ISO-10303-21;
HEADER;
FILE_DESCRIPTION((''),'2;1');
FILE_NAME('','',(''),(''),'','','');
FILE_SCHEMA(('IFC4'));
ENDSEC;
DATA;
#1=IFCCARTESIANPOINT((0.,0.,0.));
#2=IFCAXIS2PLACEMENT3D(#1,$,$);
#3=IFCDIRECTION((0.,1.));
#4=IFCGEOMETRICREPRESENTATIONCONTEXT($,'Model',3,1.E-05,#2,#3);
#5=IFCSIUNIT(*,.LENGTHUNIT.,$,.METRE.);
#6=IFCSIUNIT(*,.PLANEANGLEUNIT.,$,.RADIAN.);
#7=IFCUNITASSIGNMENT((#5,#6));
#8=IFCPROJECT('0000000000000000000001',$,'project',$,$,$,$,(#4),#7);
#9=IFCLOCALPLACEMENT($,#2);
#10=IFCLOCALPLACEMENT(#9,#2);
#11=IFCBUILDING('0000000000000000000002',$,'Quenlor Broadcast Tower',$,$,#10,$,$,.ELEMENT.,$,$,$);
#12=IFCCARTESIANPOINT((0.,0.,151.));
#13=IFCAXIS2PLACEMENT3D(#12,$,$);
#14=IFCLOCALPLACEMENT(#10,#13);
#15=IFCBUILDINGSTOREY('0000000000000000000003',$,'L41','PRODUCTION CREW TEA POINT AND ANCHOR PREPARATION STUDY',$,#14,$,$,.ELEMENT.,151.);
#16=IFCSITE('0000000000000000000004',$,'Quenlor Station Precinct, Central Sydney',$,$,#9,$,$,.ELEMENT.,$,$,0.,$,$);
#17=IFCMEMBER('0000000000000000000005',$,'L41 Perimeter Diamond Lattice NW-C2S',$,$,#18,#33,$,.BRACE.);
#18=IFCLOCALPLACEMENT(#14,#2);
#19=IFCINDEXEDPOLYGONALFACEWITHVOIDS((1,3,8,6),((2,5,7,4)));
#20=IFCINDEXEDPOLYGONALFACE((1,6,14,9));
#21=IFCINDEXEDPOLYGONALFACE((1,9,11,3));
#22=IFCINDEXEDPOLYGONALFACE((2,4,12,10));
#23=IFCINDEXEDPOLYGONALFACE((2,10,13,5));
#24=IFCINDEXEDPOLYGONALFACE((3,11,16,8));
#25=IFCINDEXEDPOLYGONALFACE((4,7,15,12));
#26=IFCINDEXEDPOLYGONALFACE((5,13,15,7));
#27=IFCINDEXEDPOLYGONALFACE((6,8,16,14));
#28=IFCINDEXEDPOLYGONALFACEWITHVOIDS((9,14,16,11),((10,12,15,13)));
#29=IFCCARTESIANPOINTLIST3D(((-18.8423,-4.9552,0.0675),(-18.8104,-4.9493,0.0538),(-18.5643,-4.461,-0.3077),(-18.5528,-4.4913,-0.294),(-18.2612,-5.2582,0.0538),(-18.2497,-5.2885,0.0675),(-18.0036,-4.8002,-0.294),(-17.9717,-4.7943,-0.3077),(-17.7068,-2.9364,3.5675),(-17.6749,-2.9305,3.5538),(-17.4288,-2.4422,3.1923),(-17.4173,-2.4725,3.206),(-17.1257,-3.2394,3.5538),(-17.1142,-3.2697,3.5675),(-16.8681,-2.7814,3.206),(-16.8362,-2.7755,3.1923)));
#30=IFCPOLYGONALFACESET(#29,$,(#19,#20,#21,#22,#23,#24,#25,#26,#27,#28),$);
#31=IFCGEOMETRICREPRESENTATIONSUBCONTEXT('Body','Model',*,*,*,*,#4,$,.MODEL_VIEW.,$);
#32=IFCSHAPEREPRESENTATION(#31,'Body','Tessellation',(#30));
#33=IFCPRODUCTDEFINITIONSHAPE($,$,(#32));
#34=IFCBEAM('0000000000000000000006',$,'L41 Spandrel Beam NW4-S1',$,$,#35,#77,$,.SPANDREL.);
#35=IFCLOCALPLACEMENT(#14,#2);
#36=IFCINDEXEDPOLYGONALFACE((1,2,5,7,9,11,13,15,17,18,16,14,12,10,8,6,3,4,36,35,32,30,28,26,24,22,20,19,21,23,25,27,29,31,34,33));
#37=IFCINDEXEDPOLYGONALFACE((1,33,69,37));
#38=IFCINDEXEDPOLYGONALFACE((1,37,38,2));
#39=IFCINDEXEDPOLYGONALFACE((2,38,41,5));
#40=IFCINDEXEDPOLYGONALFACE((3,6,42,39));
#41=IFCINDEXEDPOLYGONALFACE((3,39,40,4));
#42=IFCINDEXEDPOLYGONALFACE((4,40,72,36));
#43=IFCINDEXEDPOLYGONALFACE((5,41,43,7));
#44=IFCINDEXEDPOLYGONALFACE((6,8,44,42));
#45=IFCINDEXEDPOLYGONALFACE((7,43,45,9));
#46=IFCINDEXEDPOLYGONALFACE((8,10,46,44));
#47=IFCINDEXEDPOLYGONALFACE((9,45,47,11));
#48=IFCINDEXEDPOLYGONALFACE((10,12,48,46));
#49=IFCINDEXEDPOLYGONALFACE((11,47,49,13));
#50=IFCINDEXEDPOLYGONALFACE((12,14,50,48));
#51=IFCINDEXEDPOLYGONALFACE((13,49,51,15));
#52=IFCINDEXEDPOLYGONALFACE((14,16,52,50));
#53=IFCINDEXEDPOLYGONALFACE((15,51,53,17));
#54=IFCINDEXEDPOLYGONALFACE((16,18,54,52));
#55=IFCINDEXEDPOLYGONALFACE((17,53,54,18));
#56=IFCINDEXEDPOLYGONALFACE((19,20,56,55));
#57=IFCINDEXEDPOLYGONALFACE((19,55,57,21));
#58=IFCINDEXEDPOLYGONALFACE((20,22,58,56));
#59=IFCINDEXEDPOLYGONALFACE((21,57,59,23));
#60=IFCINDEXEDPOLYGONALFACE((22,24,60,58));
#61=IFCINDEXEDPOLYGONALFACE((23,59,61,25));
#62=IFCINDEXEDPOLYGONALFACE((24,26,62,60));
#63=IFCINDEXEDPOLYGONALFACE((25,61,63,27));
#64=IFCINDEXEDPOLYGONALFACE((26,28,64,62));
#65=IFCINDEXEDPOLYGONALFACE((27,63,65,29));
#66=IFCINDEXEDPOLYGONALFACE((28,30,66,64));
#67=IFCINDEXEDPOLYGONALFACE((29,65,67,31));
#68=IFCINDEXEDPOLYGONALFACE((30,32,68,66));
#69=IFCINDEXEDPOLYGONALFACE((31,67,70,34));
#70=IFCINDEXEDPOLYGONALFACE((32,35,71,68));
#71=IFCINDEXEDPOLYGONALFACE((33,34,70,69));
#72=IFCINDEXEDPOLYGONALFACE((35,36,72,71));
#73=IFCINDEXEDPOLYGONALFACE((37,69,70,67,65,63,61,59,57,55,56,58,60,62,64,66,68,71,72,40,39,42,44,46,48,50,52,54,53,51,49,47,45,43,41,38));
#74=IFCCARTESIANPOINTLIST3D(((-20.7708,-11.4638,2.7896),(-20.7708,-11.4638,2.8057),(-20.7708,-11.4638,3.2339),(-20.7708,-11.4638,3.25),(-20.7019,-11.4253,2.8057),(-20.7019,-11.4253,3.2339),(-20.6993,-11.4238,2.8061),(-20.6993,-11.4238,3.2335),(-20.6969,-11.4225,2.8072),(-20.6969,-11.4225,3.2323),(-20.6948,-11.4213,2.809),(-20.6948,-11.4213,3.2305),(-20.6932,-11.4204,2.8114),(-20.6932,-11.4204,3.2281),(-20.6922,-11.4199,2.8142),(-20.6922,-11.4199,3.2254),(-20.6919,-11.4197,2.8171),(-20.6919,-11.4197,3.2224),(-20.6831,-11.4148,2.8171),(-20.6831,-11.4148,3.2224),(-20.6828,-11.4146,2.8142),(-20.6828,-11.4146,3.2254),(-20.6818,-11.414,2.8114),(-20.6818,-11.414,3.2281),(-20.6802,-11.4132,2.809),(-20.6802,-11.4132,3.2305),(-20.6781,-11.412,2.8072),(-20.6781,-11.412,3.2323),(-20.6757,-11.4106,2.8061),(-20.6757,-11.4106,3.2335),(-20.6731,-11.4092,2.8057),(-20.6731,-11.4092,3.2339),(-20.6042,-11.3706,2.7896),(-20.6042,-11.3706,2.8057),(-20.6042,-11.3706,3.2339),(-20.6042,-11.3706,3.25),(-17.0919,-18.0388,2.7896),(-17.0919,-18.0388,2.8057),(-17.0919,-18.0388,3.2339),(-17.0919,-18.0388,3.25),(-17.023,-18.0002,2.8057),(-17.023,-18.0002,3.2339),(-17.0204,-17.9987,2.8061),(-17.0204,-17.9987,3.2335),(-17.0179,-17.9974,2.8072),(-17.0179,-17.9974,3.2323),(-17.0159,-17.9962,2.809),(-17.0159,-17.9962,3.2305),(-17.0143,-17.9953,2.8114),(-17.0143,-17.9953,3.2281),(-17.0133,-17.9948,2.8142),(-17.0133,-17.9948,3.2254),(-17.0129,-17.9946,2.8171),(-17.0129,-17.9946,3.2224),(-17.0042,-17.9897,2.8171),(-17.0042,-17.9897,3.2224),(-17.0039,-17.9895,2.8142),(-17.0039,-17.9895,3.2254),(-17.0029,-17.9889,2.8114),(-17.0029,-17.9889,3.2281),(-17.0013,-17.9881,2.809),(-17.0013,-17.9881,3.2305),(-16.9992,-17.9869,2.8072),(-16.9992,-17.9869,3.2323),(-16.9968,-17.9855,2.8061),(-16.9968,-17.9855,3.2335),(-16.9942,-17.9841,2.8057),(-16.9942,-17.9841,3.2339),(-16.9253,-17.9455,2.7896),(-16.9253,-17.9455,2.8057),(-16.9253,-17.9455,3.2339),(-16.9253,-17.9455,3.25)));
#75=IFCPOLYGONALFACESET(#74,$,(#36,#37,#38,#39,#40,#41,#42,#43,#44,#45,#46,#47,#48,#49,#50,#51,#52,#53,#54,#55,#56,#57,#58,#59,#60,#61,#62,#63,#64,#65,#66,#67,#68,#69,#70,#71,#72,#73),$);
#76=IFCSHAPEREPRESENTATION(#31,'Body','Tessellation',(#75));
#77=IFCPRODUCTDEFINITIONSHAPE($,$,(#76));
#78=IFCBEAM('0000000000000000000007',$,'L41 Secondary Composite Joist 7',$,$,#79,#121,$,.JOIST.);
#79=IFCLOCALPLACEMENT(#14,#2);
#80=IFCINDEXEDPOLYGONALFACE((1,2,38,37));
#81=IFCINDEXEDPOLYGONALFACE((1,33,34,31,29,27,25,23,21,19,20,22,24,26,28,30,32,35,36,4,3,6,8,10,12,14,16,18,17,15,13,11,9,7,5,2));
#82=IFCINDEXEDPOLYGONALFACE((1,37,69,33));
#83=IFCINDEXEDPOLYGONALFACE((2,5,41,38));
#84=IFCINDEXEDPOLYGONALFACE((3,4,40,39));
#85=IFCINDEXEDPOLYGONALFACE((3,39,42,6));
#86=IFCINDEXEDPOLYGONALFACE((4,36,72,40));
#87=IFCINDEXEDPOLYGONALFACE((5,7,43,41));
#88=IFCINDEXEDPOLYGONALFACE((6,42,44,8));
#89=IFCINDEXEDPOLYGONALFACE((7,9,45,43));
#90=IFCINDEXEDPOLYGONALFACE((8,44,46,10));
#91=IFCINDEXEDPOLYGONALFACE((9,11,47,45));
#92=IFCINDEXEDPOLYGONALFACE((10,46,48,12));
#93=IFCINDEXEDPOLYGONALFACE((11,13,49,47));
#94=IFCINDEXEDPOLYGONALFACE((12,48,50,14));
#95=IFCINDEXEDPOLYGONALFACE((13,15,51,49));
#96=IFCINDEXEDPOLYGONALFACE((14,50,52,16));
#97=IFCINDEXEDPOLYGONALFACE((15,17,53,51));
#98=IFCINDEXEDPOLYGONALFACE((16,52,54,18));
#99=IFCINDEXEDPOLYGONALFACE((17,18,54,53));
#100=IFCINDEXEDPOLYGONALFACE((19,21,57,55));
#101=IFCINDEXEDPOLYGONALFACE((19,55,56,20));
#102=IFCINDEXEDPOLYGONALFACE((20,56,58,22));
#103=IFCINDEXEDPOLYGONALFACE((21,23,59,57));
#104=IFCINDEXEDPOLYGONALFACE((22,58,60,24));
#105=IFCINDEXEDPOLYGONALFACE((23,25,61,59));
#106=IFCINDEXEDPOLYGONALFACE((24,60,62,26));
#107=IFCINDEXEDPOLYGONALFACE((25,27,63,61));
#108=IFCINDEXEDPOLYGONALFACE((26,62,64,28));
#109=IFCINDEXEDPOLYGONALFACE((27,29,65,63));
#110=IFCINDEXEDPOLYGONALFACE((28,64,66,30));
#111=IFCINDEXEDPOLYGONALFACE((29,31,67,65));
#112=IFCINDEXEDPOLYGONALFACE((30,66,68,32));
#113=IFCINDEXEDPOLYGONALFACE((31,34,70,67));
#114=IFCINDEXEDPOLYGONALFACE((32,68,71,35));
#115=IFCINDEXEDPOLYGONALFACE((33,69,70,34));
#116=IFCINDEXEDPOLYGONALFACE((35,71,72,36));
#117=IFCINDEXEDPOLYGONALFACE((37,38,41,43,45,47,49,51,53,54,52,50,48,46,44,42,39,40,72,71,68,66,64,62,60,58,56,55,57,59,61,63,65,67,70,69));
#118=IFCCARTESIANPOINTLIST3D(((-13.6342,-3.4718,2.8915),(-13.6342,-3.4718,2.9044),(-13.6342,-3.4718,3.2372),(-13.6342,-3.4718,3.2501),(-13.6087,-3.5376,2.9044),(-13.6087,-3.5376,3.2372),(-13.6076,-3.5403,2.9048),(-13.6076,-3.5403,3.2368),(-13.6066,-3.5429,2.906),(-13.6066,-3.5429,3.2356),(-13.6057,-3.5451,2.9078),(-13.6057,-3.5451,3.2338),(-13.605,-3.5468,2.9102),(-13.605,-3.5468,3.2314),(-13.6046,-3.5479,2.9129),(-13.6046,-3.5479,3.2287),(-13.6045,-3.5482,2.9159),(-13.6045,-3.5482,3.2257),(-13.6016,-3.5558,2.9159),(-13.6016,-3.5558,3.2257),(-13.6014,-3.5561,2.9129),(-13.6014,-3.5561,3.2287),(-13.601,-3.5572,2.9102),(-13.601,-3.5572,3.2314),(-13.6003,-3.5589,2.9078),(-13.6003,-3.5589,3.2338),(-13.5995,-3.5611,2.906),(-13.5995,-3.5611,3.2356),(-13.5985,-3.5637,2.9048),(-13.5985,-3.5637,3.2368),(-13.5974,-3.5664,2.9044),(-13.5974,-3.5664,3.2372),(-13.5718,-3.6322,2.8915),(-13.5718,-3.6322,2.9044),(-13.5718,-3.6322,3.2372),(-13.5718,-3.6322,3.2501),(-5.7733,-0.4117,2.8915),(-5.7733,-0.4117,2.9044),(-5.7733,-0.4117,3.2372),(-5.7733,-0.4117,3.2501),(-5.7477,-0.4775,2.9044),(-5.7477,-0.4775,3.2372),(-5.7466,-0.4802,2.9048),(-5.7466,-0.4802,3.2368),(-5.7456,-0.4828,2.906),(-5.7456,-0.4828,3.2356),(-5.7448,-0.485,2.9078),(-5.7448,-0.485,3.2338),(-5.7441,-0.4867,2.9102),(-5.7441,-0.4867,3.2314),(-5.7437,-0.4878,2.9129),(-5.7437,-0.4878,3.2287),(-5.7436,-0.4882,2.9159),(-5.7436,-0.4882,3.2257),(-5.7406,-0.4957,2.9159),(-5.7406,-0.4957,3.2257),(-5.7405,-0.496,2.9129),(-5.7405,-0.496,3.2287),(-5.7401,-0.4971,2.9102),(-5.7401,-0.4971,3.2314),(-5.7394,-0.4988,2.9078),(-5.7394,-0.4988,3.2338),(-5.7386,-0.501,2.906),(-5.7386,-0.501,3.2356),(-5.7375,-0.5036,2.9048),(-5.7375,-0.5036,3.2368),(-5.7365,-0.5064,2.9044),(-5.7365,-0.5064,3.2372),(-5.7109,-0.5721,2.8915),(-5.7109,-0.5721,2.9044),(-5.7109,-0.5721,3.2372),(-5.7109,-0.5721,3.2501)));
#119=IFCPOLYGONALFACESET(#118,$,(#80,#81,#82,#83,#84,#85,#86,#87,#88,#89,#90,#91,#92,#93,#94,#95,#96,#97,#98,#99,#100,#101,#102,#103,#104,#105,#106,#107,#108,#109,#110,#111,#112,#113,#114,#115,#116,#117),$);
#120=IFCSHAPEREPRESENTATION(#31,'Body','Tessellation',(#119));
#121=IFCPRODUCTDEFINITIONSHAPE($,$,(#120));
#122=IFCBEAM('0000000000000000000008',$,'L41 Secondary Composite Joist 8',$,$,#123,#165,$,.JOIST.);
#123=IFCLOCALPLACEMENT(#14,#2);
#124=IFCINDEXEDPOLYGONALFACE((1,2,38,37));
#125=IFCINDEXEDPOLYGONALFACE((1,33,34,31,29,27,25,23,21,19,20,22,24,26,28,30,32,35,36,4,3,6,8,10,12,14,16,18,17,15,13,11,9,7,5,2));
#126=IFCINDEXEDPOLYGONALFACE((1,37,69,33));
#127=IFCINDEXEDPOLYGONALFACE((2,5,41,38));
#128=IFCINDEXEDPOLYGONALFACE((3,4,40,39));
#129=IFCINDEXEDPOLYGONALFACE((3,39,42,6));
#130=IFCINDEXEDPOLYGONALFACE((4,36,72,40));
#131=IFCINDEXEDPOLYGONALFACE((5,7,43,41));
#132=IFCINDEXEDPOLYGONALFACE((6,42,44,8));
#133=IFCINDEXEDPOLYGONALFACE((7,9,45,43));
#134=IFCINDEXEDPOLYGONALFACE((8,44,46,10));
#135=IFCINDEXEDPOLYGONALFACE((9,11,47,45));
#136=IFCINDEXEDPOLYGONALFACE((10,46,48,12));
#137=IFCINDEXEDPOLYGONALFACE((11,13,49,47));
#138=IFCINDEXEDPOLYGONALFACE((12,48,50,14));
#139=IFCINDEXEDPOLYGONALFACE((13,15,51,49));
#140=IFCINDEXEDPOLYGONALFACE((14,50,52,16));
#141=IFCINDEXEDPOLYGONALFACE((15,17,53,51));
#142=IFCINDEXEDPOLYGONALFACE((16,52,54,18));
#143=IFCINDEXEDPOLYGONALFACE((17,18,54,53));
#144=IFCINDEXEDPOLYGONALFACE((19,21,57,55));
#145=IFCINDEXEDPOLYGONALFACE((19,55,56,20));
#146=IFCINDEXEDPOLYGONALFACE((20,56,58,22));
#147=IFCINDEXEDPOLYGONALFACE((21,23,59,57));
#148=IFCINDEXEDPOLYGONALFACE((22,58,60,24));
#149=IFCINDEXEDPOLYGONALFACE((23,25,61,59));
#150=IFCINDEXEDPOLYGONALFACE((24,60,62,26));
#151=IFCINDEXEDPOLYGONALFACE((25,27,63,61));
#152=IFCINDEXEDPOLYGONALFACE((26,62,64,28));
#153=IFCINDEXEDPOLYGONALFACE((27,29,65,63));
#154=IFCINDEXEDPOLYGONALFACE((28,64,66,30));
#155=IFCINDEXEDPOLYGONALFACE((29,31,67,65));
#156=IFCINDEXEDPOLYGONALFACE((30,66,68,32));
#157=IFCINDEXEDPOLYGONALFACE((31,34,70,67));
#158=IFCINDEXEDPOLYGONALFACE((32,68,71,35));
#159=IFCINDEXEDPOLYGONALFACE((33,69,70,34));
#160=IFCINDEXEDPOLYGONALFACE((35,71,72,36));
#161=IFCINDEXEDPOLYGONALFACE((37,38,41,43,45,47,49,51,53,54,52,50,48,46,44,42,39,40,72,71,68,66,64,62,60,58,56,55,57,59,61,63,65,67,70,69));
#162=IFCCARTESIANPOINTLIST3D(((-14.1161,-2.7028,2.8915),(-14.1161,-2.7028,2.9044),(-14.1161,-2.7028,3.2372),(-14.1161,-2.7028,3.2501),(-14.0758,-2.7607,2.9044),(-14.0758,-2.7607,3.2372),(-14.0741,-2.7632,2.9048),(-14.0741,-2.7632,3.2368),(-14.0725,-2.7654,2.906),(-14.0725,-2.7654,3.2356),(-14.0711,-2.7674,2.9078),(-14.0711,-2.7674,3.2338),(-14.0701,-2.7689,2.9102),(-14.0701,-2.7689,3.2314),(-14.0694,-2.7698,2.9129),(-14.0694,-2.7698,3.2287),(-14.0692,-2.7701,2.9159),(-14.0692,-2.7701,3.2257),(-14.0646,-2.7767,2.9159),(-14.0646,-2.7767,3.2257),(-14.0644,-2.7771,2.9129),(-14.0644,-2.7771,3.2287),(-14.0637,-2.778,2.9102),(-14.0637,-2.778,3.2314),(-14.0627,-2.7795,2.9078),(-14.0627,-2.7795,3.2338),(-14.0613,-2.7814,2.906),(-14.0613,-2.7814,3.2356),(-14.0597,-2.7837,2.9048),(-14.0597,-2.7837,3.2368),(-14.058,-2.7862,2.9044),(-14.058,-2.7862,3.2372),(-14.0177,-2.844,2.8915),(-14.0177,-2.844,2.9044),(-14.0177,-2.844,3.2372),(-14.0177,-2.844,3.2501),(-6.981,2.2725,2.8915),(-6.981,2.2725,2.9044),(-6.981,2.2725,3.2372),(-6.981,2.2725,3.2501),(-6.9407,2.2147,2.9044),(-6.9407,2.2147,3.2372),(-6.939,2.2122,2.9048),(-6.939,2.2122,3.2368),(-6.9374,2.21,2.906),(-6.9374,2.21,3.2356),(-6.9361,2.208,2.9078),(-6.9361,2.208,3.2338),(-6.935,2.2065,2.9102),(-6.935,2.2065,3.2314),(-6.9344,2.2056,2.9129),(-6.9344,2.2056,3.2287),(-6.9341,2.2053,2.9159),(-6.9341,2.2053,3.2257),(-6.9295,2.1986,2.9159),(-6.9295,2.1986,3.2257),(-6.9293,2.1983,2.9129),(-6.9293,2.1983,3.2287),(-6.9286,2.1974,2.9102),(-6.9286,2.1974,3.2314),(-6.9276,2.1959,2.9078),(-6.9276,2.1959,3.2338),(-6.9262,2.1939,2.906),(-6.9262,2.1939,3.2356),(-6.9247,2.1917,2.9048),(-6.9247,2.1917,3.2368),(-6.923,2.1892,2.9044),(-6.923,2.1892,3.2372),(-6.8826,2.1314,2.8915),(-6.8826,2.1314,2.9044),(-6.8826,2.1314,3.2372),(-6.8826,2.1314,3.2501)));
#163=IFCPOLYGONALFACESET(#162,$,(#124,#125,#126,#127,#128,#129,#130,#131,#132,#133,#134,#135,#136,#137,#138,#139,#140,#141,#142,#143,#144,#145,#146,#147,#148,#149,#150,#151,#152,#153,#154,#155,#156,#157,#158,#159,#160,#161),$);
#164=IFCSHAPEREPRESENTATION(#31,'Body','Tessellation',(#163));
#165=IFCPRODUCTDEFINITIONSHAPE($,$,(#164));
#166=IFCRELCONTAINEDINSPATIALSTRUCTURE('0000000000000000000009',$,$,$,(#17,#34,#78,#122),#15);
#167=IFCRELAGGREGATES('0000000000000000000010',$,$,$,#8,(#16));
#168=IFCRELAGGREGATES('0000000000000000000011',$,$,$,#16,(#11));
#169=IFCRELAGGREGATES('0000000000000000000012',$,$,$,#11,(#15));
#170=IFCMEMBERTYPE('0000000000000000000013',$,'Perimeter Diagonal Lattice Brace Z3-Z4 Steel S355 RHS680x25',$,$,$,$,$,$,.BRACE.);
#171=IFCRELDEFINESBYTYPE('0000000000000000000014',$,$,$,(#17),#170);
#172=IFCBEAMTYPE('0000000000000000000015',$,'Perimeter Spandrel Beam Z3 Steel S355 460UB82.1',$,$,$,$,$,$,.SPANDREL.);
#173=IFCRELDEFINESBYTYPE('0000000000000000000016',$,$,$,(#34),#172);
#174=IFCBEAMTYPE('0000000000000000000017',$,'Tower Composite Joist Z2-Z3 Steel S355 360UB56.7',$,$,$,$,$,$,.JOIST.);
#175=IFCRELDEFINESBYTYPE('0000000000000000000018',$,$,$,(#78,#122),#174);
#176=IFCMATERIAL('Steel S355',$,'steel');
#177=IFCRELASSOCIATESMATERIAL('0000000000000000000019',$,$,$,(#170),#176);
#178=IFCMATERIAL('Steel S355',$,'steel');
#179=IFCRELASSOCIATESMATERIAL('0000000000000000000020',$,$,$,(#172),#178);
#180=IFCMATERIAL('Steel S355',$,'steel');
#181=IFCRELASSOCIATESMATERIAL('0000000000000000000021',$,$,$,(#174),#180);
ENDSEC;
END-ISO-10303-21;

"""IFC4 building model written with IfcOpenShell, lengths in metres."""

from ifc_helpers import new_model, si_unit, direction, frame, origin, origin_2d, place, context, subcontext, project, spatial, hollow_rectangle, i_section, extrude, material, material_profile, profile_set, type_object, element, save


model = new_model("IFC4")

# Units and contexts
model_context = context("Model", 3, precision=1e-05, world=origin(), true_north=direction((0.0, 1.0)))
body_context = subcontext(model_context, "Body", "Model", "MODEL_VIEW")
ifc_project = project(units=[si_unit("LENGTHUNIT", "METRE"), si_unit("PLANEANGLEUNIT", "RADIAN")], contexts=[model_context])

# Site, building, storey
site_placement = place(None, origin())
site = spatial("IfcSite", under=ifc_project, at=site_placement, Name="Quenlor Station Precinct, Central Sydney", CompositionType="ELEMENT", RefElevation=0.0)
building_placement = place(site_placement, origin())
building = spatial("IfcBuilding", under=site, at=building_placement, Name="Quenlor Broadcast Tower", CompositionType="ELEMENT")
storey_placement = place(building_placement, frame((0.0, 0.0, 151.0)))
storey = spatial("IfcBuildingStorey", under=building, at=storey_placement, Name="L41", Description="PRODUCTION CREW TEA POINT AND ANCHOR PREPARATION STUDY", CompositionType="ELEMENT", Elevation=151.0)

# Member
ifc_material_1 = material(Name="Steel S355", Category="steel")
ifc_material_profile_1 = material_profile(ifc_material_1, hollow_rectangle(XDim=0.6799, YDim=0.6799, WallThickness=0.0249, at=origin_2d()))
ifc_profile_set_1 = profile_set([ifc_material_profile_1], Name="Steel S355 RHS680x680x25")
member_type_1 = type_object("IfcMemberType", Name="Perimeter Diagonal Lattice Brace Z3-Z4 Steel S355 RHS680x25", PredefinedType="BRACE", material=ifc_profile_set_1)
for number, where, z_axis, x_axis, name in (
    (1, (-18.407, -4.8748, -0.1201), (0.270549, 0.481009, 0.833927), (-0.87159, 0.490236, 0.0), "L41 Perimeter Diamond Lattice NW-C2S"),
):
    element("IfcMember", number, at=place(storey_placement, frame(where, z_axis=z_axis, x_axis=x_axis)), inside=storey, type_object=member_type_1, Name=name, PredefinedType="BRACE", context=body_context, shape_type="SweptSolid", body=[
        extrude(hollow_rectangle(XDim=0.6799, YDim=0.6799, WallThickness=0.0249, at=origin_2d()), origin(), (0.0, 0.0, 1.0), 4.197),
    ])

# Beams
ifc_material_2 = material(Name="Steel S355", Category="steel")
ifc_material_profile_2 = material_profile(ifc_material_2, i_section(OverallWidth=0.1909, OverallDepth=0.4604, WebThickness=0.01, FlangeThickness=0.0161, FilletRadius=0.0115, at=origin_2d()))
ifc_profile_set_2 = profile_set([ifc_material_profile_2], Name="Steel S355 460UB82.1")
beam_type_1 = type_object("IfcBeamType", Name="Perimeter Spandrel Beam Z3 Steel S355 460UB82.1", PredefinedType="SPANDREL", material=ifc_profile_set_2)
beam_1_placement = place(storey_placement, frame((-20.6875, -11.4172, 3.0198), z_axis=(0.488298, -0.872677, 0.0), x_axis=(0.872677, 0.488298, 0.0)))
element("IfcBeam", 2, at=beam_1_placement, inside=storey, type_object=beam_type_1, Name="L41 Spandrel Beam NW4-S1", PredefinedType="SPANDREL", context=body_context, shape_type="SweptSolid", body=[
    extrude(i_section(OverallWidth=0.1909, OverallDepth=0.4604, WebThickness=0.01, FlangeThickness=0.0161, FilletRadius=0.0115, at=origin_2d()), origin(), (0.0, 0.0, 1.0), 7.5342),
])
ifc_material_3 = material(Name="Steel S355", Category="steel")
ifc_material_profile_3 = material_profile(ifc_material_3, i_section(OverallWidth=0.1721, OverallDepth=0.3586, WebThickness=0.0081, FlangeThickness=0.0129, FilletRadius=0.0115, at=origin_2d()))
ifc_profile_set_3 = profile_set([ifc_material_profile_3], Name="Steel S355 360UB56.7")
beam_type_2 = type_object("IfcBeamType", Name="Tower Composite Joist Z2-Z3 Steel S355 360UB56.7", PredefinedType="JOIST", material=ifc_profile_set_3)
beam_2_placement = place(storey_placement, frame((-13.603, -3.552, 3.0708), z_axis=(0.931882, 0.362762, 0.0), x_axis=(-0.362762, 0.931882, 0.0)))
element("IfcBeam", 3, at=beam_2_placement, inside=storey, type_object=beam_type_2, Name="L41 Secondary Composite Joist 7", PredefinedType="JOIST", context=body_context, shape_type="SweptSolid", body=[
    extrude(i_section(OverallWidth=0.1721, OverallDepth=0.3586, WebThickness=0.0081, FlangeThickness=0.0129, FilletRadius=0.0115, at=origin_2d()), origin(), (0.0, 0.0, 1.0), 8.4355),
])
beam_3_placement = place(storey_placement, frame((-14.0669, -2.7734, 3.0708), z_axis=(0.820266, 0.571983, 0.0), x_axis=(-0.571983, 0.820266, 0.0)))
element("IfcBeam", 4, at=beam_3_placement, inside=storey, type_object=beam_type_2, Name="L41 Secondary Composite Joist 8", PredefinedType="JOIST", context=body_context, shape_type="SweptSolid", body=[
    extrude(i_section(OverallWidth=0.1721, OverallDepth=0.3586, WebThickness=0.0081, FlangeThickness=0.0129, FilletRadius=0.0115, at=origin_2d()), origin(), (0.0, 0.0, 1.0), 8.6985),
])

save(model, "model.ifc")
